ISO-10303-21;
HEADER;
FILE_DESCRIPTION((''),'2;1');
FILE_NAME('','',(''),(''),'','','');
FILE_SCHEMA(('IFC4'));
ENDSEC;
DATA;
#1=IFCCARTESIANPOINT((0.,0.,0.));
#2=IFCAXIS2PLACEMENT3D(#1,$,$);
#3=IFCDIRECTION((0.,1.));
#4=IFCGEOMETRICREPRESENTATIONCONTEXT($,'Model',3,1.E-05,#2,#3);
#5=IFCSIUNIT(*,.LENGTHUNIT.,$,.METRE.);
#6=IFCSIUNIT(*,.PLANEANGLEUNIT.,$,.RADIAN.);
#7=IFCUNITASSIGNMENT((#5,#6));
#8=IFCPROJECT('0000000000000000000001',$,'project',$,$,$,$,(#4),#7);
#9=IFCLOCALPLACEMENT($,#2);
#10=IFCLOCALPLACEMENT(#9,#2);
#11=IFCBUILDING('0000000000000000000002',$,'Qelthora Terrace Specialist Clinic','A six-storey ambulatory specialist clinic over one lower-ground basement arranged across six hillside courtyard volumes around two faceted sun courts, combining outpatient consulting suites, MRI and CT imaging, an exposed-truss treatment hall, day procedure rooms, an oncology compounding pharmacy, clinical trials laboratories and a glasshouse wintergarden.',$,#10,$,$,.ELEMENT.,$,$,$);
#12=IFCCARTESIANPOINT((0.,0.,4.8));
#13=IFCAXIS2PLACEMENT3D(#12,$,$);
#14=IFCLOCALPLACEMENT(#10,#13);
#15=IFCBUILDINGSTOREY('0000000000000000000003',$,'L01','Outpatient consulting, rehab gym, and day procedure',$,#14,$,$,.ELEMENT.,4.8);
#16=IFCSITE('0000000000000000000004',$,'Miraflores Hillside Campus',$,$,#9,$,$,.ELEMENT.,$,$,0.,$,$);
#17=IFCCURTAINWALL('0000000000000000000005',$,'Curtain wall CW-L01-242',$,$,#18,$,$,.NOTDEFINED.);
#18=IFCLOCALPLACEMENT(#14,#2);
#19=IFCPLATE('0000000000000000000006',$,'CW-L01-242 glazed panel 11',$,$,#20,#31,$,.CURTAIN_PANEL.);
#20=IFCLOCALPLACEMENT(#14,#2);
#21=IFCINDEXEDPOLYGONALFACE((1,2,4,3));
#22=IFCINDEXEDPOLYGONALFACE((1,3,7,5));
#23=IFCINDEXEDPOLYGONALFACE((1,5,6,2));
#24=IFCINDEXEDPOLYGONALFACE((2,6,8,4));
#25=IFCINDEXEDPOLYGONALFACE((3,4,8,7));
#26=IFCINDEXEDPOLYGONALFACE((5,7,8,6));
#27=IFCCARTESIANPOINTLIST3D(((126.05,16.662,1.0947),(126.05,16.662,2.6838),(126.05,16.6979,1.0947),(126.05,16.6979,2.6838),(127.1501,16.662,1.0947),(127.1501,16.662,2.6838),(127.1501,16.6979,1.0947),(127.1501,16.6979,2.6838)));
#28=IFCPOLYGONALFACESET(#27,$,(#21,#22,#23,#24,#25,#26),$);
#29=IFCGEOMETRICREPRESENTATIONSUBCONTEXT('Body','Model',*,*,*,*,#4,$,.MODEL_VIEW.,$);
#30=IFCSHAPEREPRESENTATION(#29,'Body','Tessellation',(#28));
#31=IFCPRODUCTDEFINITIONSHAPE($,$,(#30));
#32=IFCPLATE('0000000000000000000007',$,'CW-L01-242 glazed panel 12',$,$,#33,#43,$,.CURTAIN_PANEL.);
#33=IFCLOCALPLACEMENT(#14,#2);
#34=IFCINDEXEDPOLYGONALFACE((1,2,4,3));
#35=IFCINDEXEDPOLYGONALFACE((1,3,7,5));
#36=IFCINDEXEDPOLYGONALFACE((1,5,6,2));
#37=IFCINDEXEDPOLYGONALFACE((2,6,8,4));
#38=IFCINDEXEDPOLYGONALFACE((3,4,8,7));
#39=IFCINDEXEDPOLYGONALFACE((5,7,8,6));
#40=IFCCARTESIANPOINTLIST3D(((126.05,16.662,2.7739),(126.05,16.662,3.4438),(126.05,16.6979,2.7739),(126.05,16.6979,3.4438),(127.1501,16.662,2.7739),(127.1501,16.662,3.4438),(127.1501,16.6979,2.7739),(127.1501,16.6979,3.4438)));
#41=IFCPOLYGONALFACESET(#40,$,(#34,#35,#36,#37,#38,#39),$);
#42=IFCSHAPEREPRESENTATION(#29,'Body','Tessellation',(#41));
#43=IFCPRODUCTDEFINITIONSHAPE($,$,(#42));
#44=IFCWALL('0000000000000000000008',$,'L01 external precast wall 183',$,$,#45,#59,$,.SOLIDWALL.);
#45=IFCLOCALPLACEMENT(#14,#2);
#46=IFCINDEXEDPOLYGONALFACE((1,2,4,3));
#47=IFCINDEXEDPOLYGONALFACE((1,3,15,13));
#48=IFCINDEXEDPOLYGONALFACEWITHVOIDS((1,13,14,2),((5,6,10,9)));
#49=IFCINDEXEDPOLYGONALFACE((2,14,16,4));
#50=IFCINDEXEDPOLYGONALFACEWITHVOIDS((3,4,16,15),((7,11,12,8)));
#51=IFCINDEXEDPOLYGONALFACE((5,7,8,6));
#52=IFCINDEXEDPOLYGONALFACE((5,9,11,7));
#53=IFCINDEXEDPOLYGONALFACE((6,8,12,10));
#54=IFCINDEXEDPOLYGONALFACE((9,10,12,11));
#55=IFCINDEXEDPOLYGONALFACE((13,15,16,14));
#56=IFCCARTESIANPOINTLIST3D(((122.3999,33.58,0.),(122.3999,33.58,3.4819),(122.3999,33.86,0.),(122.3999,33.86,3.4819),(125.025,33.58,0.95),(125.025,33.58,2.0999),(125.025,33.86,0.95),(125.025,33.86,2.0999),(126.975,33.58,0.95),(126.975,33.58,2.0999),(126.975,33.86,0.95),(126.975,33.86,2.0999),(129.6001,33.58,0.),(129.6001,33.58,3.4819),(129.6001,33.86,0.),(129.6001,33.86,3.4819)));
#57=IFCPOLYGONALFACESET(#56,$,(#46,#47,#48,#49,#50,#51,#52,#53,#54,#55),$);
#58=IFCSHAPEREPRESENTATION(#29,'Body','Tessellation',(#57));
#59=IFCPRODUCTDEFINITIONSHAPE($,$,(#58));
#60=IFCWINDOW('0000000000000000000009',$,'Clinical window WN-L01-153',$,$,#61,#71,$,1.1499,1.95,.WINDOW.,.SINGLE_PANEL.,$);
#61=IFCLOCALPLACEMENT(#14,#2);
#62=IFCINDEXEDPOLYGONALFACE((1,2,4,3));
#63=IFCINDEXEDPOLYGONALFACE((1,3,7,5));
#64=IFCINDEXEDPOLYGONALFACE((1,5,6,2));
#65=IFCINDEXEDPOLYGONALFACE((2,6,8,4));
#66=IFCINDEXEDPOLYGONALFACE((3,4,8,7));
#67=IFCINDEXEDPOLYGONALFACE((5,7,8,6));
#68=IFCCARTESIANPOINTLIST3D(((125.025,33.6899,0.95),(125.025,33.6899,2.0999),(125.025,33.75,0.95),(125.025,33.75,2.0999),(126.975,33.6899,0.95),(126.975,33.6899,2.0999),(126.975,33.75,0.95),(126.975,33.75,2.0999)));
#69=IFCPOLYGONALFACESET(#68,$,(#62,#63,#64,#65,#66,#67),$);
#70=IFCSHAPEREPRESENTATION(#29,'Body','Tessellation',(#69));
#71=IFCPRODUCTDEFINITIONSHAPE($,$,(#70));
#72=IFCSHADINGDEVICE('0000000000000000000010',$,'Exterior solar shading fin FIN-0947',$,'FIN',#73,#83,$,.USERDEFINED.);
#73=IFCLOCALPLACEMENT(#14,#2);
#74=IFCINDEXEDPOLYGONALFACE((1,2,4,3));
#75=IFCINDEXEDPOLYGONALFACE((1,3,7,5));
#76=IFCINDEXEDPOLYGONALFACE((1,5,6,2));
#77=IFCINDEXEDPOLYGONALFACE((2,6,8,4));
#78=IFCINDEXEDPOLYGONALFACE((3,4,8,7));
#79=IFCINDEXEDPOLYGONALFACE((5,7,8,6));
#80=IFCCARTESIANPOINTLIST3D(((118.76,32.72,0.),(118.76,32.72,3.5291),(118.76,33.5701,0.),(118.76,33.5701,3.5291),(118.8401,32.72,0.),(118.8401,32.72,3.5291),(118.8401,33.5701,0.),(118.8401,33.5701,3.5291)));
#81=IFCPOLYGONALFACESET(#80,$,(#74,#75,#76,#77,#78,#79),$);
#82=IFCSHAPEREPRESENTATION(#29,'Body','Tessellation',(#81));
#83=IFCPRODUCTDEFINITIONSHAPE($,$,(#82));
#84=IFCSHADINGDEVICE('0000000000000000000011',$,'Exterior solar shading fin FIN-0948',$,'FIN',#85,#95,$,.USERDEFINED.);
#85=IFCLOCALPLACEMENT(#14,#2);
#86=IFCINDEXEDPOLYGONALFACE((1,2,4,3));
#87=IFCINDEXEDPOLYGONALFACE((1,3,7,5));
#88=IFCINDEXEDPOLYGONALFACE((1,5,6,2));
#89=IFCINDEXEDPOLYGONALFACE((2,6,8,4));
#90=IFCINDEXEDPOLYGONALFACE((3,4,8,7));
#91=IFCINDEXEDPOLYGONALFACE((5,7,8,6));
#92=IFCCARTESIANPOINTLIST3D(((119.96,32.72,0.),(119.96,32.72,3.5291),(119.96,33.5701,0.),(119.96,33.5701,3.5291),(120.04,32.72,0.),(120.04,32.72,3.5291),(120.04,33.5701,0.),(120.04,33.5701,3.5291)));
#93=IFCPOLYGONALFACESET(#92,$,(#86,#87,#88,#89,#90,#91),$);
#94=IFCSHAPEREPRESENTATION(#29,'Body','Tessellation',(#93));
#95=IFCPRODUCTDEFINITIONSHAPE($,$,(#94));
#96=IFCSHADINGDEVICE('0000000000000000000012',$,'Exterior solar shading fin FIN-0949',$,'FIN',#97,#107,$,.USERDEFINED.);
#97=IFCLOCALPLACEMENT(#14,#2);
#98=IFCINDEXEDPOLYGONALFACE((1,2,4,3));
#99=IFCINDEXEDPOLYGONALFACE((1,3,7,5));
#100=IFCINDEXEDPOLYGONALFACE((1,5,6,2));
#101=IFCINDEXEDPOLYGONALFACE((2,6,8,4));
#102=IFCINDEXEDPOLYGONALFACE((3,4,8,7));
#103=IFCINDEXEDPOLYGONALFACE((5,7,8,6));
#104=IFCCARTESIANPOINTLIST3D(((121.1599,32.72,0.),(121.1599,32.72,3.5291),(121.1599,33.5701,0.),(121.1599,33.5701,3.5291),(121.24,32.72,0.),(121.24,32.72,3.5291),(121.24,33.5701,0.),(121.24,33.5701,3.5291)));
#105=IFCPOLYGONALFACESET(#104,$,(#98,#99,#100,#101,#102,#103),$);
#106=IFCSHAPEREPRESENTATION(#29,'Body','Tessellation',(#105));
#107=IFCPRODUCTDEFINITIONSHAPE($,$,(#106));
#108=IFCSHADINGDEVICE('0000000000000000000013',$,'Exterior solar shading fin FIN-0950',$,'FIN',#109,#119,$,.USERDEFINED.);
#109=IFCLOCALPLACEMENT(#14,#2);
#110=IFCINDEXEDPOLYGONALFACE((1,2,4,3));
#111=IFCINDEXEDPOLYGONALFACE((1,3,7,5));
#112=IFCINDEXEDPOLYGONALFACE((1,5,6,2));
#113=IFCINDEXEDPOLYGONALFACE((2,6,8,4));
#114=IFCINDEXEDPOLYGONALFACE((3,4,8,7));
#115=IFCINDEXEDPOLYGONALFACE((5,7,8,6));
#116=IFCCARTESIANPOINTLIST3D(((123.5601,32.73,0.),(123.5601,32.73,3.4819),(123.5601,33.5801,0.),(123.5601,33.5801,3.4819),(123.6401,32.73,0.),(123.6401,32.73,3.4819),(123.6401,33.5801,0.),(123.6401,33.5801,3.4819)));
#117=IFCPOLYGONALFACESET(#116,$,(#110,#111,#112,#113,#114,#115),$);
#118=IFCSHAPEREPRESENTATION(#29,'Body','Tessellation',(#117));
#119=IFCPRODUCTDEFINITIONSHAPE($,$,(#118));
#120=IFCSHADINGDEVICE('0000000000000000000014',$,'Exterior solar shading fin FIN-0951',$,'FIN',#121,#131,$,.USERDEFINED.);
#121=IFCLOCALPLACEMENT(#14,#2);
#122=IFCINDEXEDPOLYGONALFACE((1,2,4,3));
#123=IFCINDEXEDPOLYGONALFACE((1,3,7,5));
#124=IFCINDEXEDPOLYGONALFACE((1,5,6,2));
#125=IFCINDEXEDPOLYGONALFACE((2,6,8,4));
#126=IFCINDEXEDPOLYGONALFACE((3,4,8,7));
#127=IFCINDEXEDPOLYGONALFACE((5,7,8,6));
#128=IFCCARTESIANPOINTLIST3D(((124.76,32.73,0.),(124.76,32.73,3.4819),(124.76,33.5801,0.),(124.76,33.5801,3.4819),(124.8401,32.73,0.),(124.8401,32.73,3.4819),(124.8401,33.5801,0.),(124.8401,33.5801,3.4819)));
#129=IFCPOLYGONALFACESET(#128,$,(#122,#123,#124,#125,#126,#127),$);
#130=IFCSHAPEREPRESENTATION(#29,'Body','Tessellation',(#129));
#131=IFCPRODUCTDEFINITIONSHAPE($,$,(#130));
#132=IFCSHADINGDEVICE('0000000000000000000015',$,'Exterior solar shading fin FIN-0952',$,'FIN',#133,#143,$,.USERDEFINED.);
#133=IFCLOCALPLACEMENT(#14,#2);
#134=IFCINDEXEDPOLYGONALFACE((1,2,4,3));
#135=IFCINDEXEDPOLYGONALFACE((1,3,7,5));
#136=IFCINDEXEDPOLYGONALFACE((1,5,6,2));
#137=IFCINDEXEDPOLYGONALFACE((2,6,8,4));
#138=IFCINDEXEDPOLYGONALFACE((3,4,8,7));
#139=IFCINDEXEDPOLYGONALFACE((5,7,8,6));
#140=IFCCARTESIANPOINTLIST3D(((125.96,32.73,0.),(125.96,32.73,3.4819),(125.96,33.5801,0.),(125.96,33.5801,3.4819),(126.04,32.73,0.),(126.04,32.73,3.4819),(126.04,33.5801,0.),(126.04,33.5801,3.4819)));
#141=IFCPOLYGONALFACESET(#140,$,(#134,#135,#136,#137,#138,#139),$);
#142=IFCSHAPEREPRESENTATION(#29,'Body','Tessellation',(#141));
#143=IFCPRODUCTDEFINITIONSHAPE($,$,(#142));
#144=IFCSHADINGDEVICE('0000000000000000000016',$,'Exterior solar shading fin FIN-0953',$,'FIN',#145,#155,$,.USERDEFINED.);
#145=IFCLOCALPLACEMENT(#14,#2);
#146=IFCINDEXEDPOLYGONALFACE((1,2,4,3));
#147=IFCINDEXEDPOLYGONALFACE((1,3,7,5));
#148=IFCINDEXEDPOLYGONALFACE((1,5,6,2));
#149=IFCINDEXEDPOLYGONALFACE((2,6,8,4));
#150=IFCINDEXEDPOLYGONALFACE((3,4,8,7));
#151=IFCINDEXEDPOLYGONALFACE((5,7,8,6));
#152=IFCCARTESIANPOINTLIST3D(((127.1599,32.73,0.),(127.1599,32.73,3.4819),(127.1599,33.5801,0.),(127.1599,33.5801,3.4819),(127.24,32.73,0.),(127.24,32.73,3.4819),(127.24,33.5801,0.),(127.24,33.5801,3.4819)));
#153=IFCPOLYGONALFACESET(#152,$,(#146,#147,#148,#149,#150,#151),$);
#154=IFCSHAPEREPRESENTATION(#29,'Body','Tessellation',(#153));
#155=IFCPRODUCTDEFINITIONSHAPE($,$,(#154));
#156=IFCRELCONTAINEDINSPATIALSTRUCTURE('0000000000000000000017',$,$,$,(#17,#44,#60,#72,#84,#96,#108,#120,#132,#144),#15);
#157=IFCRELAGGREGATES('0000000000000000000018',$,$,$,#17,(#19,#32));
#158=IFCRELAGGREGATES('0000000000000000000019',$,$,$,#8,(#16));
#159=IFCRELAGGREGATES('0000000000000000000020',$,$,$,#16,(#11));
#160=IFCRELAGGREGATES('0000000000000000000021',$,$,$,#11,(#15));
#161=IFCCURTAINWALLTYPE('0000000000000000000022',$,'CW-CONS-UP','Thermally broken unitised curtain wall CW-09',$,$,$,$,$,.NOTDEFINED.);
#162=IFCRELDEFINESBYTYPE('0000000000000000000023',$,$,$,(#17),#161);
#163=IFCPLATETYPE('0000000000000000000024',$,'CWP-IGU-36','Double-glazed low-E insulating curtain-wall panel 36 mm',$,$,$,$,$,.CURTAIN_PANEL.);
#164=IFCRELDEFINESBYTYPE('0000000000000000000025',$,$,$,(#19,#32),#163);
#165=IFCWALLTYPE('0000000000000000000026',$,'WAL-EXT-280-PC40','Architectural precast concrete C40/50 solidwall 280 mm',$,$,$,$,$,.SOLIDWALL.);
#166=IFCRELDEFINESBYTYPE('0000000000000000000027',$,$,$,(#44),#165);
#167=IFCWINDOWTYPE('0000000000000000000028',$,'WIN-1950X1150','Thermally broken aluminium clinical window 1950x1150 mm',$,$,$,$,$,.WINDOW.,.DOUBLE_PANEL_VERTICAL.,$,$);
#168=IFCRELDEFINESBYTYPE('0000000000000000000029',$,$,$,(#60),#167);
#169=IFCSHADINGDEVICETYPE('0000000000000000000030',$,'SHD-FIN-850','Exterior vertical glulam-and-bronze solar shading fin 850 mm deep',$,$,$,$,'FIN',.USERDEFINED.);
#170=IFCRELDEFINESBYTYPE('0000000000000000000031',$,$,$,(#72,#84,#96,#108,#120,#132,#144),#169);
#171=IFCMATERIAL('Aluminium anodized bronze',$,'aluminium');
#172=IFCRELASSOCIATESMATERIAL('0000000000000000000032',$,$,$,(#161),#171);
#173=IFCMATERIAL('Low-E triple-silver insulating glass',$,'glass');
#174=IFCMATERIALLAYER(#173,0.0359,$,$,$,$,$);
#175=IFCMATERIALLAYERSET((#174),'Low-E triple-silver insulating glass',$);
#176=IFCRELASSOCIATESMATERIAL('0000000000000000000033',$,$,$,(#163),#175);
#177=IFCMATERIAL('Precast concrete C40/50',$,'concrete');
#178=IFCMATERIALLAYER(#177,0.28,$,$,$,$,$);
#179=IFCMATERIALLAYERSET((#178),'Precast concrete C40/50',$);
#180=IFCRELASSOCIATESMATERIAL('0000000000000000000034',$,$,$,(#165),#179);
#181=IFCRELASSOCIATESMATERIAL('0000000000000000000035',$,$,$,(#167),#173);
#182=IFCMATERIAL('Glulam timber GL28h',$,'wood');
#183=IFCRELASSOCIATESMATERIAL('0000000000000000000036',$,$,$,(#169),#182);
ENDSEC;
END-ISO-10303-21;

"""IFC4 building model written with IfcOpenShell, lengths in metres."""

from ifc_helpers import new_model, si_unit, direction, frame, frame_2d, origin, origin_2d, place, context, subcontext, project, spatial, rectangle, extrude, material, layer, layer_set, type_object, element, fill, aggregate, save


model = new_model("IFC4")

# Units and contexts
model_context = context("Model", 3, precision=1e-05, world=origin(), true_north=direction((0.0, 1.0)))
body_context = subcontext(model_context, "Body", "Model", "MODEL_VIEW")
ifc_project = project(units=[si_unit("LENGTHUNIT", "METRE"), si_unit("PLANEANGLEUNIT", "RADIAN")], contexts=[model_context])

# Site, building, storey
site_placement = place(None, origin())
site = spatial("IfcSite", under=ifc_project, at=site_placement, Name="Miraflores Hillside Campus", CompositionType="ELEMENT", RefElevation=0.0)
building_placement = place(site_placement, origin())
building = spatial("IfcBuilding", under=site, at=building_placement, Name="Qelthora Terrace Specialist Clinic", Description="A six-storey ambulatory specialist clinic over one lower-ground basement arranged across six hillside courtyard volumes around two faceted sun courts, combining outpatient consulting suites, MRI and CT imaging, an exposed-truss treatment hall, day procedure rooms, an oncology compounding pharmacy, clinical trials laboratories and a glasshouse wintergarden.", CompositionType="ELEMENT")
storey_placement = place(building_placement, frame((0.0, 0.0, 4.8)))
storey = spatial("IfcBuildingStorey", under=building, at=storey_placement, Name="L01", Description="Outpatient consulting, rehab gym, and day procedure", CompositionType="ELEMENT", Elevation=4.8)

# Curtain wall
ifc_material_1 = material(Name="Aluminium anodized bronze", Category="aluminium")
curtain_wall_type = type_object("IfcCurtainWallType", Name="CW-CONS-UP", Description="Thermally broken unitised curtain wall CW-09", PredefinedType="NOTDEFINED", material=ifc_material_1)
curtain_wall_placement = place(storey_placement, origin())
curtain_wall = element("IfcCurtainWall", 1, at=curtain_wall_placement, inside=storey, type_object=curtain_wall_type, Name="Curtain wall CW-L01-242", PredefinedType="NOTDEFINED")

# Plates
ifc_material_2 = material(Name="Low-E triple-silver insulating glass", Category="glass")
ifc_layer_1 = layer(ifc_material_2, 0.0359)
ifc_layer_set_1 = layer_set([ifc_layer_1], Name="Low-E triple-silver insulating glass")
plate_type = type_object("IfcPlateType", Name="CWP-IGU-36", Description="Double-glazed low-E insulating curtain-wall panel 36 mm", PredefinedType="CURTAIN_PANEL", material=ifc_layer_set_1)
plate_1_placement = place(storey_placement, frame((126.6001, 16.6799, 1.0947), z_axis=(0.0, 0.0, 1.0), x_axis=(1.0, 0.0, 0.0)))
plate_1 = element("IfcPlate", 2, at=plate_1_placement, type_object=plate_type, Name="CW-L01-242 glazed panel 11", PredefinedType="CURTAIN_PANEL", context=body_context, shape_type="SweptSolid", body=[
    extrude(rectangle(XDim=1.1001, YDim=0.0359, at=origin_2d()), origin(), (0.0, 0.0, 1.0), 1.5891),
])
plate_2_placement = place(storey_placement, frame((126.6001, 16.6799, 2.7739), z_axis=(0.0, 0.0, 1.0), x_axis=(1.0, 0.0, 0.0)))
plate_2 = element("IfcPlate", 3, at=plate_2_placement, type_object=plate_type, Name="CW-L01-242 glazed panel 12", PredefinedType="CURTAIN_PANEL", context=body_context, shape_type="SweptSolid", body=[
    extrude(rectangle(XDim=1.1001, YDim=0.0359, at=origin_2d()), origin(), (0.0, 0.0, 1.0), 0.6699),
])
aggregate(curtain_wall, [plate_1, plate_2])

# Wall, opening, window
ifc_material_3 = material(Name="Precast concrete C40/50", Category="concrete")
ifc_layer_2 = layer(ifc_material_3, 0.28)
ifc_layer_set_2 = layer_set([ifc_layer_2], Name="Precast concrete C40/50")
wall_type = type_object("IfcWallType", Name="WAL-EXT-280-PC40", Description="Architectural precast concrete C40/50 solidwall 280 mm", PredefinedType="SOLIDWALL", material=ifc_layer_set_2)
wall_placement = place(storey_placement, frame((122.3999, 33.72, 0.0), z_axis=(0.0, 0.0, 1.0), x_axis=(1.0, 0.0, 0.0)))
wall = element("IfcWall", 4, at=wall_placement, inside=storey, type_object=wall_type, Name="L01 external precast wall 183", PredefinedType="SOLIDWALL", context=body_context, shape_type="SweptSolid", body=[
    extrude(rectangle(XDim=7.2002, YDim=0.28, at=frame_2d((3.6001, 0.0))), origin(), (0.0, 0.0, 1.0), 3.4819),
])
opening_placement = place(wall_placement, frame((2.625, 0.0, 0.95)))
opening = element("IfcOpeningElement", 5, at=opening_placement, cuts=wall, PredefinedType="OPENING", context=body_context, shape_type="SweptSolid", body=[
    extrude(rectangle(XDim=1.95, YDim=1.1499, at=frame_2d((0.9751, 0.575))), frame((0.0, 0.1499, 0.0), z_axis=(0.0, -1.0, 0.0), x_axis=(1.0, 0.0, 0.0)), (0.0, 0.0, 1.0), 0.3),
])
window_type = type_object("IfcWindowType", Name="WIN-1950X1150", Description="Thermally broken aluminium clinical window 1950x1150 mm", PartitioningType="DOUBLE_PANEL_VERTICAL", PredefinedType="WINDOW", material=ifc_material_2)
window_placement = place(opening_placement, origin())
window = element("IfcWindow", 6, at=window_placement, inside=storey, type_object=window_type, Name="Clinical window WN-L01-153", OverallHeight=1.1499, OverallWidth=1.95, PartitioningType="SINGLE_PANEL", PredefinedType="WINDOW", context=body_context, shape_type="SweptSolid", body=[
    extrude(rectangle(XDim=1.95, YDim=1.1499, at=frame_2d((0.9751, 0.575))), frame((0.0, 0.03, 0.0), z_axis=(0.0, -1.0, 0.0), x_axis=(1.0, 0.0, 0.0)), (0.0, 0.0, 1.0), 0.0601),
])
fill(opening, window)

# Shading devices
ifc_material_4 = material(Name="Glulam timber GL28h", Category="wood")
shading_device_type = type_object("IfcShadingDeviceType", Name="SHD-FIN-850", Description="Exterior vertical glulam-and-bronze solar shading fin 850 mm deep", ElementType="FIN", PredefinedType="USERDEFINED", material=ifc_material_4)
for number, where, z_axis, x_axis, name in (
    (7, (118.8, 33.145, 0.0), (0.0, 0.0, 1.0), (0.0, -1.0, 0.0), "Exterior solar shading fin FIN-0947"),
    (8, (120.0, 33.145, 0.0), (0.0, 0.0, 1.0), (0.0, -1.0, 0.0), "Exterior solar shading fin FIN-0948"),
    (9, (121.2, 33.145, 0.0), (0.0, 0.0, 1.0), (0.0, -1.0, 0.0), "Exterior solar shading fin FIN-0949"),
):
    element("IfcShadingDevice", number, at=place(storey_placement, frame(where, z_axis=z_axis, x_axis=x_axis)), inside=storey, type_object=shading_device_type, Name=name, ObjectType="FIN", PredefinedType="USERDEFINED", context=body_context, shape_type="SweptSolid", body=[
        extrude(rectangle(XDim=0.8501, YDim=0.0801, at=origin_2d()), origin(), (0.0, 0.0, 1.0), 3.5291),
    ])
for number, where, z_axis, x_axis, name in (
    (10, (123.6001, 33.155, 0.0), (0.0, 0.0, 1.0), (0.0, -1.0, 0.0), "Exterior solar shading fin FIN-0950"),
    (11, (124.8, 33.155, 0.0), (0.0, 0.0, 1.0), (0.0, -1.0, 0.0), "Exterior solar shading fin FIN-0951"),
    (12, (126.0, 33.155, 0.0), (0.0, 0.0, 1.0), (0.0, -1.0, 0.0), "Exterior solar shading fin FIN-0952"),
    (13, (127.2, 33.155, 0.0), (0.0, 0.0, 1.0), (0.0, -1.0, 0.0), "Exterior solar shading fin FIN-0953"),
):
    element("IfcShadingDevice", number, at=place(storey_placement, frame(where, z_axis=z_axis, x_axis=x_axis)), inside=storey, type_object=shading_device_type, Name=name, ObjectType="FIN", PredefinedType="USERDEFINED", context=body_context, shape_type="SweptSolid", body=[
        extrude(rectangle(XDim=0.8501, YDim=0.0801, at=origin_2d()), origin(), (0.0, 0.0, 1.0), 3.4819),
    ])

save(model, "model.ifc")
